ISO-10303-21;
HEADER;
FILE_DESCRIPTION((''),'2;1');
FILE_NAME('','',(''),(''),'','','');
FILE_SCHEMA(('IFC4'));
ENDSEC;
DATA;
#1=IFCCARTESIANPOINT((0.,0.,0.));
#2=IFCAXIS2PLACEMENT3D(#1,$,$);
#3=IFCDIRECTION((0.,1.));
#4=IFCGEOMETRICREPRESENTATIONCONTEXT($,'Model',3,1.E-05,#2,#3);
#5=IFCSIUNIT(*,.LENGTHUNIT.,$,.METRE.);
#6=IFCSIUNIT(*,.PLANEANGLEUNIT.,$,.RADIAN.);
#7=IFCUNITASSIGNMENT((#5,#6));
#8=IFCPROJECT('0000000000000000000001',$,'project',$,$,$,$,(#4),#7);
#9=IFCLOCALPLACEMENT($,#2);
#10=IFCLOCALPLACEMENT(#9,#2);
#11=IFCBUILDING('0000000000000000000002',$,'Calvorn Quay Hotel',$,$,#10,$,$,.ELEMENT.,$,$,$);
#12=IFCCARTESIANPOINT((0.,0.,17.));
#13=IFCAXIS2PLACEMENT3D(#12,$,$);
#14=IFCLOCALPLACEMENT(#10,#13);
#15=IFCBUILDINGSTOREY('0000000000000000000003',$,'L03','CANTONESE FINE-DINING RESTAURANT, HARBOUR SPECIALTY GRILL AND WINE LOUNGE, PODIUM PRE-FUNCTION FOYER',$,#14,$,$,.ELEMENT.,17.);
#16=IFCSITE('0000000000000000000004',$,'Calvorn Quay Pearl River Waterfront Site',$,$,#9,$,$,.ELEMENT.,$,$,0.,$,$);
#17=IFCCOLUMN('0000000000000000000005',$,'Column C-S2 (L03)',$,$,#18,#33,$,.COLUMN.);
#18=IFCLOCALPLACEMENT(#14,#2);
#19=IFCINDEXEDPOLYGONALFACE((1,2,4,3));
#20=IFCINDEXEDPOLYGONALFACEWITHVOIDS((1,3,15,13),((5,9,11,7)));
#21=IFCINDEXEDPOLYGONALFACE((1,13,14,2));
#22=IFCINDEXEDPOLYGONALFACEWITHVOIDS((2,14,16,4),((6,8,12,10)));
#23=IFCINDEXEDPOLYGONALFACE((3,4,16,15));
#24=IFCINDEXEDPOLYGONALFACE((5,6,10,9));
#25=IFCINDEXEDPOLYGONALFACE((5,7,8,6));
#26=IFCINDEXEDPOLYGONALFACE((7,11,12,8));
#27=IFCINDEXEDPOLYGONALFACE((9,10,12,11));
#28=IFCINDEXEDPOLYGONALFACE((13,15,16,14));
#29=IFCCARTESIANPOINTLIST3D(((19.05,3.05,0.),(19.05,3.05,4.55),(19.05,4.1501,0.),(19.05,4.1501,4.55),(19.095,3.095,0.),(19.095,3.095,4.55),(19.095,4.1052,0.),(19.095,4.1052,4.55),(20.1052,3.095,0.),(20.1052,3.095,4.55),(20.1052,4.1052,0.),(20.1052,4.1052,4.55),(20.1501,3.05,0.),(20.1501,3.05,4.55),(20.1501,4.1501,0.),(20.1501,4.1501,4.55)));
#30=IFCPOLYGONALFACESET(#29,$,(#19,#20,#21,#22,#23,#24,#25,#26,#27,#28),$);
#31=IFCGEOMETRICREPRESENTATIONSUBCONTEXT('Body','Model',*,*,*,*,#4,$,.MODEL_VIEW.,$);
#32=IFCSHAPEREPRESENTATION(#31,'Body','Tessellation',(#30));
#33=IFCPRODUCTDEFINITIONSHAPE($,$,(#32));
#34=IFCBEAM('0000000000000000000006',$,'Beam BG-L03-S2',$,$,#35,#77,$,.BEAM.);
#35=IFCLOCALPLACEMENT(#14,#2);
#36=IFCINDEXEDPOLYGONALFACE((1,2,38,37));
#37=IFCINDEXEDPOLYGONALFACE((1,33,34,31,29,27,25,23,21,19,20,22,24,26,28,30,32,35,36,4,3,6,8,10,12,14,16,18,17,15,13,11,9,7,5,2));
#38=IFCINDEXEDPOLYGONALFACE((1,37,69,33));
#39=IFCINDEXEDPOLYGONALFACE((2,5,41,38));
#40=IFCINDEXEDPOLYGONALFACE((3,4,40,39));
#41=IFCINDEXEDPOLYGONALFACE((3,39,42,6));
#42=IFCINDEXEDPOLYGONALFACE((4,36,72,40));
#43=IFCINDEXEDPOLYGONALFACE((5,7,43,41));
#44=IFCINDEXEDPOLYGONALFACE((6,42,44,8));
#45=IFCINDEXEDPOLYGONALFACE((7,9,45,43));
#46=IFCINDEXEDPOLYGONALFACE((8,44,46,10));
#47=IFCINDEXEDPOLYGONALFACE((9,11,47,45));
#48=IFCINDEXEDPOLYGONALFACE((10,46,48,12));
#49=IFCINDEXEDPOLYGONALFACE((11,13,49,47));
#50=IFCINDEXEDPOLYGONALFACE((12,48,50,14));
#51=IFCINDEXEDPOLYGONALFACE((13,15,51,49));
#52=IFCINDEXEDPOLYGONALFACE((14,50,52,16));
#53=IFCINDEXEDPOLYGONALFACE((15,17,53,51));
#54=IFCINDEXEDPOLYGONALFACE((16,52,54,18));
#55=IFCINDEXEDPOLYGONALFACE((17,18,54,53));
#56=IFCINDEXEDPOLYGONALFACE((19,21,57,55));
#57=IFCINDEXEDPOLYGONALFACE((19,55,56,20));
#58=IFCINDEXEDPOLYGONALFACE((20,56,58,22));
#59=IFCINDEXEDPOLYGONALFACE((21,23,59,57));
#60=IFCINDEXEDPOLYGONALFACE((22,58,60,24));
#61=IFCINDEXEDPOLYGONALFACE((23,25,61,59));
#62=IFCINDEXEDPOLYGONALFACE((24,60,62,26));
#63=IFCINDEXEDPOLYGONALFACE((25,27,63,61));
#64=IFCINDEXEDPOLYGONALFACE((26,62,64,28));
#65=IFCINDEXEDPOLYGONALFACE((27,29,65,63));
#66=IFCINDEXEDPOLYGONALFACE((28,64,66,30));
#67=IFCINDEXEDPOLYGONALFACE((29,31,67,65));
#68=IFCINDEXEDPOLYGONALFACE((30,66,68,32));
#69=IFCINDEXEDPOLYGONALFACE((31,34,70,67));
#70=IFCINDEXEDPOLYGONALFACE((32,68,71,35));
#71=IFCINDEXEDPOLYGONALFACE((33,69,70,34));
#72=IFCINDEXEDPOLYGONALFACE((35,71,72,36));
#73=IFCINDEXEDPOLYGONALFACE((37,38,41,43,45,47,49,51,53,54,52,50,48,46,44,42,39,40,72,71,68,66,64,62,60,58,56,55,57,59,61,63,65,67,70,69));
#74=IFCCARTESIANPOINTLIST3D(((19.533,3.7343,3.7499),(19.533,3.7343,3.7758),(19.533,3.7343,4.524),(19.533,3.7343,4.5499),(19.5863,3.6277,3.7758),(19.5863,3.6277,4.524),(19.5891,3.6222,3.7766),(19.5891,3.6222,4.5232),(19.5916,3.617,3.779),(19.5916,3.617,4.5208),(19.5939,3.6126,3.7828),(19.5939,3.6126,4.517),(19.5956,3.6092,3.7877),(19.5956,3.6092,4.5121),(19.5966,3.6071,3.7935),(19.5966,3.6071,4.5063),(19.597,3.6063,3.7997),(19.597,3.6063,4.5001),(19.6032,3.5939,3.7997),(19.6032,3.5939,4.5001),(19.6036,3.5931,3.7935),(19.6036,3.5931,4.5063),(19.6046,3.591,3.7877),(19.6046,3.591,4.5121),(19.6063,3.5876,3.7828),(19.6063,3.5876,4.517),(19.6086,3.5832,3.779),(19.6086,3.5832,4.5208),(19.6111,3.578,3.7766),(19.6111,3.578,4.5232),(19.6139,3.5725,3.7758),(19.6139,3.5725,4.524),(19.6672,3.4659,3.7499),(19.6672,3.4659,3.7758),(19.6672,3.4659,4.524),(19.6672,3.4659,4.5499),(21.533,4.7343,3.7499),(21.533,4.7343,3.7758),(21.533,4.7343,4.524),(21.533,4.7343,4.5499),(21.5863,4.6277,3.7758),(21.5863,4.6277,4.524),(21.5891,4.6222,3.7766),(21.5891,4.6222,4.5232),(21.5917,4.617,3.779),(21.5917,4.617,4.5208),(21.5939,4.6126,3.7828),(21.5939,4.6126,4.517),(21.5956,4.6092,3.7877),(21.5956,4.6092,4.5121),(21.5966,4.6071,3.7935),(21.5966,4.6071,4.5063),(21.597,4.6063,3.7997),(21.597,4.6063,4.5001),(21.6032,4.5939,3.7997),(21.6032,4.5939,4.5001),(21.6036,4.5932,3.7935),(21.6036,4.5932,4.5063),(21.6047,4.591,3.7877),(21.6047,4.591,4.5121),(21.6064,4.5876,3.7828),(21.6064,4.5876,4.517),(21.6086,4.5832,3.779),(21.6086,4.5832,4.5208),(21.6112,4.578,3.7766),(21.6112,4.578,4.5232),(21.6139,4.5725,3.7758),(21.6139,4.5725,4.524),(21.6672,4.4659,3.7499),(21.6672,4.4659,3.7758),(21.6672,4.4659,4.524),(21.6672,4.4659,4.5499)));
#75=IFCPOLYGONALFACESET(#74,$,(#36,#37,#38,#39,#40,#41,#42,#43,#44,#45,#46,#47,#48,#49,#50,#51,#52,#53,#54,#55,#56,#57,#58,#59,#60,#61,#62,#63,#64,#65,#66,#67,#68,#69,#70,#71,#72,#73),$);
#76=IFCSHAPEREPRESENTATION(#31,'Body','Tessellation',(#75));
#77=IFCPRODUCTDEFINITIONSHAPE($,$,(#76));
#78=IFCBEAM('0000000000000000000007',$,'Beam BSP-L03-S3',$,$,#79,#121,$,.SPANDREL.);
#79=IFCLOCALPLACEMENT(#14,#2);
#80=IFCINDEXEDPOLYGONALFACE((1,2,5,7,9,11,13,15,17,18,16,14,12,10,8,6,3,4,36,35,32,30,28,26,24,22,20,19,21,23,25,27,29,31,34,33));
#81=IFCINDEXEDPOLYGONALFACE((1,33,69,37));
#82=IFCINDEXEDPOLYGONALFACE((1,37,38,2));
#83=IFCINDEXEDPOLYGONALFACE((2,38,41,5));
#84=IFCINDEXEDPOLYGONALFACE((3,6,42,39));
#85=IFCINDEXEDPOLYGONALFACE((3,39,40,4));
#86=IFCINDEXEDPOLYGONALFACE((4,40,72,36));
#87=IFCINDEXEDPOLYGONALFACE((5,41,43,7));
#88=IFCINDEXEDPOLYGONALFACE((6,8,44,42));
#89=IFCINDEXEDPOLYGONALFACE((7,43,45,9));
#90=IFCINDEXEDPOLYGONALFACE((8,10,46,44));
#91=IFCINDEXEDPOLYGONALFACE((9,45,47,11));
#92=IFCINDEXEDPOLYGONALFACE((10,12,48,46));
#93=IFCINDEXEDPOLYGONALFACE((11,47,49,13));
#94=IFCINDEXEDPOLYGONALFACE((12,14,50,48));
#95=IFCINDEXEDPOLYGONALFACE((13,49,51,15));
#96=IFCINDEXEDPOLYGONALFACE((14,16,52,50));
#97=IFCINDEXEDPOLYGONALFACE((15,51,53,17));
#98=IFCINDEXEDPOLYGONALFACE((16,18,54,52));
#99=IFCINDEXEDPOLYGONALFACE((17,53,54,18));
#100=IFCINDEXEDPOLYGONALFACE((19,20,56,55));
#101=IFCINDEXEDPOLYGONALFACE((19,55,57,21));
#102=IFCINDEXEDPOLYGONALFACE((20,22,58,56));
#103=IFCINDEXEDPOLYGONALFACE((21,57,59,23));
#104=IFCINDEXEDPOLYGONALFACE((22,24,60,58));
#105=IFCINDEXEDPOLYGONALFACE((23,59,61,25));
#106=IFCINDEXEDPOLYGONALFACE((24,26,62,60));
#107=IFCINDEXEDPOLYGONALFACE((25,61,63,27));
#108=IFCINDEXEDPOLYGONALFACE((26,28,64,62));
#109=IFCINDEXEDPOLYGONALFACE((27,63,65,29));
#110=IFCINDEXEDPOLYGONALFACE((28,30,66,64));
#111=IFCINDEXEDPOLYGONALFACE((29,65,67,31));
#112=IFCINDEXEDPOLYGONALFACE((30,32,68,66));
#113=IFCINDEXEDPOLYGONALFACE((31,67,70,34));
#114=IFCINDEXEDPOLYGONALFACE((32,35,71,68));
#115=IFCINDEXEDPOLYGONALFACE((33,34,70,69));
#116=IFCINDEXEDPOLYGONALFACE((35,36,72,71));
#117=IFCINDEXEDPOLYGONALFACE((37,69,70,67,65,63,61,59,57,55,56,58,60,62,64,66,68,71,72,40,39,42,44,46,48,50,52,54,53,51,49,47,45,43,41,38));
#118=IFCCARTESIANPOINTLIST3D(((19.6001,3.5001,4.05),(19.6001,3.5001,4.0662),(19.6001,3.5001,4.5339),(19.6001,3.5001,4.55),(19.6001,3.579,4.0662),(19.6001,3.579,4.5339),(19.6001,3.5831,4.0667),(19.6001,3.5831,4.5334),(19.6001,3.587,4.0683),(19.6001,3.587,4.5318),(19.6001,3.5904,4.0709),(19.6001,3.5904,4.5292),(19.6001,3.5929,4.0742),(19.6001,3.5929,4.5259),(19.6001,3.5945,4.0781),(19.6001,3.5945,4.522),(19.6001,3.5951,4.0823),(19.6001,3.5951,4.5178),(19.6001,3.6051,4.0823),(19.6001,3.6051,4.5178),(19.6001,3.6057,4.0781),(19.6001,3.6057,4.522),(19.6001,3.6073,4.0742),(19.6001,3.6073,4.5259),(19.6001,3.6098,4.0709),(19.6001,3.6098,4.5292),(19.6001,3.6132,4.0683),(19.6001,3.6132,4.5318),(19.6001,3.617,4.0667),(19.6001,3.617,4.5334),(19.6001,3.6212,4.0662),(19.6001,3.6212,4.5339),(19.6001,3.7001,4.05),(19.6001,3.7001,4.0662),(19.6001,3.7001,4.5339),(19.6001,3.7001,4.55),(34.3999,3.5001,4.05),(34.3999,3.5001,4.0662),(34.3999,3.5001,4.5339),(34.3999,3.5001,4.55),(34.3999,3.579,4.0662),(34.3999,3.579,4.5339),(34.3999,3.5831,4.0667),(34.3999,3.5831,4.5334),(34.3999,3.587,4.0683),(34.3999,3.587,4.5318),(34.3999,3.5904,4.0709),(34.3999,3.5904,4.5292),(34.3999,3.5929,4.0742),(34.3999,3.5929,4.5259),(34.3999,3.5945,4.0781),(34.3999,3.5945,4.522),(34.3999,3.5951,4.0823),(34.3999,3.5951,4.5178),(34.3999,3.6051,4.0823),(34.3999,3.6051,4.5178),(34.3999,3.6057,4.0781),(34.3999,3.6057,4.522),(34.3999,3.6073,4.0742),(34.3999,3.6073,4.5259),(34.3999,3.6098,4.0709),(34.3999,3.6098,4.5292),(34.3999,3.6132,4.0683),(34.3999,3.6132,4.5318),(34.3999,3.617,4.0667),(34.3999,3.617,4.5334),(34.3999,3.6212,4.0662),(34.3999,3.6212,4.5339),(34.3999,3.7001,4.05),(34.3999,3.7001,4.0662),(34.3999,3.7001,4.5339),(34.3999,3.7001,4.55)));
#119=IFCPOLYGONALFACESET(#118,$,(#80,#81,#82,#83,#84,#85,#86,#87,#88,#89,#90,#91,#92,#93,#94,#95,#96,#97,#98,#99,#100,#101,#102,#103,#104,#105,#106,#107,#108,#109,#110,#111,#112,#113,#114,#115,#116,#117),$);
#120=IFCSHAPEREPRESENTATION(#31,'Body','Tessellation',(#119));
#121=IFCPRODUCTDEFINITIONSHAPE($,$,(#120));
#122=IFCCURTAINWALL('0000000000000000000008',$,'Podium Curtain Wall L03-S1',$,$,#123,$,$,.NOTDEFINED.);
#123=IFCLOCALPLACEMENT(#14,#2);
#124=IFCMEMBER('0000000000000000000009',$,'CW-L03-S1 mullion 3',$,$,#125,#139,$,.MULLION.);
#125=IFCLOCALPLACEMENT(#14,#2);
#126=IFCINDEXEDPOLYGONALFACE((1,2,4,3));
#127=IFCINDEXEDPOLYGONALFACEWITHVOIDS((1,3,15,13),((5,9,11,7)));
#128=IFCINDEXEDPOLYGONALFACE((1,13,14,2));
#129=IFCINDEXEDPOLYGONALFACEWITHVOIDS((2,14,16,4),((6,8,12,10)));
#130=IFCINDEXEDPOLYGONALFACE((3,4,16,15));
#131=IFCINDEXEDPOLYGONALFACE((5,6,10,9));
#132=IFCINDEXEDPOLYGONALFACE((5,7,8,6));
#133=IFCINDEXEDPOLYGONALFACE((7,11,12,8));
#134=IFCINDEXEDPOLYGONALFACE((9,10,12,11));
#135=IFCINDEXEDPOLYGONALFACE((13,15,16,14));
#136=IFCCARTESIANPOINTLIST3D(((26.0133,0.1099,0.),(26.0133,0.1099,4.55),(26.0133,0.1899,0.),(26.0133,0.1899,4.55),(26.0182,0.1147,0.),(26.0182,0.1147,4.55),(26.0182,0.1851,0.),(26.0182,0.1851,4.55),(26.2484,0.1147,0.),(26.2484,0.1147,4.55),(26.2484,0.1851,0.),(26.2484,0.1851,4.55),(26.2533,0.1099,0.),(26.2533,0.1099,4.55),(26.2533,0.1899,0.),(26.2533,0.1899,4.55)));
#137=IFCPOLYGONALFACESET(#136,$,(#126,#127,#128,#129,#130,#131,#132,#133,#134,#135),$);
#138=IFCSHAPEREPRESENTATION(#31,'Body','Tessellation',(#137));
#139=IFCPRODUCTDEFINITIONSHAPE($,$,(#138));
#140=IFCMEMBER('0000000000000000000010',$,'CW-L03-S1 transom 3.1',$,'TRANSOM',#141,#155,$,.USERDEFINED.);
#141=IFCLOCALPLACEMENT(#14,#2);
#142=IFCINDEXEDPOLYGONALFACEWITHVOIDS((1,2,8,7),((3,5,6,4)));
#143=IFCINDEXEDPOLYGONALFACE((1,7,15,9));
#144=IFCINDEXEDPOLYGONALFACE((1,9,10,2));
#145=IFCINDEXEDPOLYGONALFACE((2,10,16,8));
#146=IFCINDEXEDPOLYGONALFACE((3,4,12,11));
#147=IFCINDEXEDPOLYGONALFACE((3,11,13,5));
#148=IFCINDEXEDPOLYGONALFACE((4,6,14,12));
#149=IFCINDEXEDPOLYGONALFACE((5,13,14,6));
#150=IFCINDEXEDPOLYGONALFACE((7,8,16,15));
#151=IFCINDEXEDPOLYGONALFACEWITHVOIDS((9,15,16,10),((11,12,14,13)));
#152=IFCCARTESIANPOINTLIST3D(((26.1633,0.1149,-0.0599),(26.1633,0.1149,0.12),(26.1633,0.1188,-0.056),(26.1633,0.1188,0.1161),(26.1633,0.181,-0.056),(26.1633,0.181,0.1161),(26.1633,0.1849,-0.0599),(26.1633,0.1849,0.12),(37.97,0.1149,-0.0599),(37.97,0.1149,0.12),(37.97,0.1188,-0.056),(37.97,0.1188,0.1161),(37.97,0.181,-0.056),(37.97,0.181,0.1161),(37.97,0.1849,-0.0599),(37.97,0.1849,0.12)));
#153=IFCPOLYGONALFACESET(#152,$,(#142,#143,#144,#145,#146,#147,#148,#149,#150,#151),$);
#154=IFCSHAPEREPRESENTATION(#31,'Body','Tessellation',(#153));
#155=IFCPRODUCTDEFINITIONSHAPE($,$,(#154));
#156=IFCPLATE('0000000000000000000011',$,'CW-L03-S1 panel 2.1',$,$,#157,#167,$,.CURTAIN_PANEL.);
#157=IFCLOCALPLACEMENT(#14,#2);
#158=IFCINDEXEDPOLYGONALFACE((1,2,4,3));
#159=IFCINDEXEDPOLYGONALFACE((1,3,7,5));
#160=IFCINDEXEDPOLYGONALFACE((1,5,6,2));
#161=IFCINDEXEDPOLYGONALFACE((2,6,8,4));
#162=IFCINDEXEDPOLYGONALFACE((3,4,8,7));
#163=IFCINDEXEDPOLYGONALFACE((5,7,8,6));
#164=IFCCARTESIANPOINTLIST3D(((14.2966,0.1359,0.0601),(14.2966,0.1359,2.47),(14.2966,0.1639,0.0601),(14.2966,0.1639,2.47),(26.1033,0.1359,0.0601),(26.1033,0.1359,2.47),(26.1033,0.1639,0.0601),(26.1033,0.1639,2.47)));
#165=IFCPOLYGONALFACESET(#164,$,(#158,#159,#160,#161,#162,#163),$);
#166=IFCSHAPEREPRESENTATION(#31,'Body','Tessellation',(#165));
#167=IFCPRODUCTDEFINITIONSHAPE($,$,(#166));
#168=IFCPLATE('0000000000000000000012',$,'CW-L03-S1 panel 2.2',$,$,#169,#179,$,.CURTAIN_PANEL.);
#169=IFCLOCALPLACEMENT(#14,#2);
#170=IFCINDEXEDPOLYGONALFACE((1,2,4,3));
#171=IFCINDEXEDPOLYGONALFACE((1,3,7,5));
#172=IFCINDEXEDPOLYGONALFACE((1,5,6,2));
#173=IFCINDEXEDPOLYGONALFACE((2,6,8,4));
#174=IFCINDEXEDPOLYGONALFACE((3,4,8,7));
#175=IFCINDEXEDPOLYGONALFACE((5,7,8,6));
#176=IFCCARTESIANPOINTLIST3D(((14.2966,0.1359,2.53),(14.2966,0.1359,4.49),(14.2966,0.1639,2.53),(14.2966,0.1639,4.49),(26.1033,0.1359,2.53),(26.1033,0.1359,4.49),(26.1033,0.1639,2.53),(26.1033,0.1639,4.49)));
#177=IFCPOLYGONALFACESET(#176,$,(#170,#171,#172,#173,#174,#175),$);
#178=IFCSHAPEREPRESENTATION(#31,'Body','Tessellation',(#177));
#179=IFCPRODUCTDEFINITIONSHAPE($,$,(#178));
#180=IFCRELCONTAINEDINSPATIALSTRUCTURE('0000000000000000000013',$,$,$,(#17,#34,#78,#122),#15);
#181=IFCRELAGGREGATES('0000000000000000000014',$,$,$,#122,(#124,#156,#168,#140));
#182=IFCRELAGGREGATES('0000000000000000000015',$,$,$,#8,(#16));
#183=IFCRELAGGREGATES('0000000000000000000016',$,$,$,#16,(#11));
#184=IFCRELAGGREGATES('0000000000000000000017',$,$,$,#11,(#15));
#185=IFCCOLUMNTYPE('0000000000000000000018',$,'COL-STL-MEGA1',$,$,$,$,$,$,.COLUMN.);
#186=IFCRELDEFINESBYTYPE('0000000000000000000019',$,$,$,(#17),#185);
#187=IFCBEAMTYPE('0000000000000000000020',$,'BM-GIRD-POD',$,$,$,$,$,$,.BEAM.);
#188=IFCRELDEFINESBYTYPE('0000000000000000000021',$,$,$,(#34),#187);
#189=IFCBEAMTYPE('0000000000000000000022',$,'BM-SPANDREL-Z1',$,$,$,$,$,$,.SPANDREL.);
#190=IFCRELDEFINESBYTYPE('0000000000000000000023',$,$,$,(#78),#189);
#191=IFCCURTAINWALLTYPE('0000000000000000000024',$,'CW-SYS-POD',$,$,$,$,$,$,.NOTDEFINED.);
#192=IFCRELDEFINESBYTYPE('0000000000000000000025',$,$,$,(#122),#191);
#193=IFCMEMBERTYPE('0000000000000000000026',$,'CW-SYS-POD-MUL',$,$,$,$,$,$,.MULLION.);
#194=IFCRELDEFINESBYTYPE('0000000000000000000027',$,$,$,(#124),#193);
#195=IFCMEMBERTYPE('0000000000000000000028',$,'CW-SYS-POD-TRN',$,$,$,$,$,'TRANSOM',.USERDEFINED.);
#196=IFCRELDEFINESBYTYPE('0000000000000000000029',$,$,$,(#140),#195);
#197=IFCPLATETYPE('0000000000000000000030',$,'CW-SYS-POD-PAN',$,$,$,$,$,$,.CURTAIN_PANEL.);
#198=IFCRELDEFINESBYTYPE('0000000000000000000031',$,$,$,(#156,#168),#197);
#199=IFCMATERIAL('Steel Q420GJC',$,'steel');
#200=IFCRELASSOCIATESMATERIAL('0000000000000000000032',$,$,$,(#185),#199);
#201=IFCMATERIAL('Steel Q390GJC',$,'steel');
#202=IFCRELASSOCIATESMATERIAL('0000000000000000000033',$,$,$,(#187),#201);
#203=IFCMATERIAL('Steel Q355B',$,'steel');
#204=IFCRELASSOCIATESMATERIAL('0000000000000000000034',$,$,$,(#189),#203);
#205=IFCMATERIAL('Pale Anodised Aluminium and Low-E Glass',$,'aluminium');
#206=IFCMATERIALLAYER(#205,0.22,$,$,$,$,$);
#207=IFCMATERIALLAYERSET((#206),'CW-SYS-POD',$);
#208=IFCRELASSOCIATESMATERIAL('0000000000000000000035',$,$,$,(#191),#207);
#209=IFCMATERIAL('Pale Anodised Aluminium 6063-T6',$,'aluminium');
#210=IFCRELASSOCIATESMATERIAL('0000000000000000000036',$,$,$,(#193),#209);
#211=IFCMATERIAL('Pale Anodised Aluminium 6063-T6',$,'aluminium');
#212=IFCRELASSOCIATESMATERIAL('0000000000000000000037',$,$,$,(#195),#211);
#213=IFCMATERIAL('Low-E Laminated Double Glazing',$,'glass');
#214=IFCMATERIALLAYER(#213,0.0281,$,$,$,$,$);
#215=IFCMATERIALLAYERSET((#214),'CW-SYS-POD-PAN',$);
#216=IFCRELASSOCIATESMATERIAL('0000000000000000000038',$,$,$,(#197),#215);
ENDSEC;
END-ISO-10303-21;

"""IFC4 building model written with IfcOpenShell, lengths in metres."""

from ifc_helpers import new_model, si_unit, direction, frame, origin, origin_2d, place, context, subcontext, project, spatial, rectangle, hollow_rectangle, i_section, extrude, material, layer, layer_set, material_profile, profile_set, type_object, element, aggregate, save


model = new_model("IFC4")

# Units and contexts
model_context = context("Model", 3, precision=1e-05, world=origin(), true_north=direction((0.0, 1.0)))
body_context = subcontext(model_context, "Body", "Model", "MODEL_VIEW")
ifc_project = project(units=[si_unit("LENGTHUNIT", "METRE"), si_unit("PLANEANGLEUNIT", "RADIAN")], contexts=[model_context])

# Site, building, storey
site_placement = place(None, origin())
site = spatial("IfcSite", under=ifc_project, at=site_placement, Name="Calvorn Quay Pearl River Waterfront Site", CompositionType="ELEMENT", RefElevation=0.0)
building_placement = place(site_placement, origin())
building = spatial("IfcBuilding", under=site, at=building_placement, Name="Calvorn Quay Hotel", CompositionType="ELEMENT")
storey_placement = place(building_placement, frame((0.0, 0.0, 17.0)))
storey = spatial("IfcBuildingStorey", under=building, at=storey_placement, Name="L03", Description="CANTONESE FINE-DINING RESTAURANT, HARBOUR SPECIALTY GRILL AND WINE LOUNGE, PODIUM PRE-FUNCTION FOYER", CompositionType="ELEMENT", Elevation=17.0)

# Column
ifc_material_1 = material(Name="Steel Q420GJC", Category="steel")
ifc_material_profile_1 = material_profile(ifc_material_1, hollow_rectangle(XDim=1.1001, YDim=1.1001, WallThickness=0.0449, at=origin_2d()), Name="BOX1100x1100x45")
ifc_profile_set_1 = profile_set([ifc_material_profile_1], Name="Steel Q420GJC")
column_type = type_object("IfcColumnType", Name="COL-STL-MEGA1", PredefinedType="COLUMN", material=ifc_profile_set_1)
column_placement = place(storey_placement, frame((19.6001, 3.6001, 0.0), z_axis=(0.0, 0.0, 1.0), x_axis=(1.0, 0.0, 0.0)))
element("IfcColumn", 1, at=column_placement, inside=storey, type_object=column_type, Name="Column C-S2 (L03)", PredefinedType="COLUMN", context=body_context, shape_type="SweptSolid", body=[
    extrude(hollow_rectangle(XDim=1.1001, YDim=1.1001, WallThickness=0.0449, at=origin_2d()), origin(), (0.0, 0.0, 1.0), 4.55),
])

# Beams
ifc_material_2 = material(Name="Steel Q390GJC", Category="steel")
ifc_material_profile_2 = material_profile(ifc_material_2, i_section(OverallWidth=0.3, OverallDepth=0.8, WebThickness=0.0139, FlangeThickness=0.0259, FilletRadius=0.0239, at=origin_2d()), Name="HN800x300x14x26")
ifc_profile_set_2 = profile_set([ifc_material_profile_2], Name="Steel Q390GJC")
beam_type_1 = type_object("IfcBeamType", Name="BM-GIRD-POD", PredefinedType="BEAM", material=ifc_profile_set_2)
beam_1_placement = place(storey_placement, frame((19.6001, 3.6001, 4.1499), z_axis=(0.894427, 0.447214, 0.0), x_axis=(-0.447214, 0.894427, 0.0)))
element("IfcBeam", 2, at=beam_1_placement, inside=storey, type_object=beam_type_1, Name="Beam BG-L03-S2", PredefinedType="BEAM", context=body_context, shape_type="SweptSolid", body=[
    extrude(i_section(OverallWidth=0.3, OverallDepth=0.8, WebThickness=0.0139, FlangeThickness=0.0259, FilletRadius=0.0239, at=origin_2d()), origin(), (0.0, 0.0, 1.0), 2.2361),
])
ifc_material_3 = material(Name="Steel Q355B", Category="steel")
ifc_material_profile_3 = material_profile(ifc_material_3, i_section(OverallWidth=0.2, OverallDepth=0.5, WebThickness=0.01, FlangeThickness=0.0161, FilletRadius=0.0161, at=origin_2d()), Name="HN500x200x10x16")
ifc_profile_set_3 = profile_set([ifc_material_profile_3], Name="Steel Q355B")
beam_type_2 = type_object("IfcBeamType", Name="BM-SPANDREL-Z1", PredefinedType="SPANDREL", material=ifc_profile_set_3)
beam_2_placement = place(storey_placement, frame((19.6001, 3.6001, 4.3), z_axis=(1.0, 0.0, 0.0), x_axis=(0.0, 1.0, 0.0)))
element("IfcBeam", 3, at=beam_2_placement, inside=storey, type_object=beam_type_2, Name="Beam BSP-L03-S3", PredefinedType="SPANDREL", context=body_context, shape_type="SweptSolid", body=[
    extrude(i_section(OverallWidth=0.2, OverallDepth=0.5, WebThickness=0.01, FlangeThickness=0.0161, FilletRadius=0.0161, at=origin_2d()), origin(), (0.0, 0.0, 1.0), 14.7998),
])

# Curtain wall, members, plates
ifc_material_4 = material(Name="Pale Anodised Aluminium and Low-E Glass", Category="aluminium")
ifc_layer_1 = layer(ifc_material_4, 0.22)
ifc_layer_set_1 = layer_set([ifc_layer_1], Name="CW-SYS-POD")
curtain_wall_type = type_object("IfcCurtainWallType", Name="CW-SYS-POD", PredefinedType="NOTDEFINED", material=ifc_layer_set_1)
curtain_wall_placement = place(storey_placement, origin())
curtain_wall = element("IfcCurtainWall", 4, at=curtain_wall_placement, inside=storey, type_object=curtain_wall_type, Name="Podium Curtain Wall L03-S1", PredefinedType="NOTDEFINED")
ifc_material_5 = material(Name="Pale Anodised Aluminium 6063-T6", Category="aluminium")
ifc_material_profile_4 = material_profile(ifc_material_5, hollow_rectangle(XDim=0.0801, YDim=0.24, WallThickness=0.0049, at=origin_2d()), Name="ALU-M240x80x5")
ifc_profile_set_4 = profile_set([ifc_material_profile_4], Name="Pale Anodised Aluminium 6063-T6")
member_type_1 = type_object("IfcMemberType", Name="CW-SYS-POD-MUL", PredefinedType="MULLION", material=ifc_profile_set_4)
member_1_placement = place(storey_placement, frame((26.1333, 0.1499, 0.0), z_axis=(0.0, 0.0, 1.0), x_axis=(0.0, 1.0, 0.0)))
member_1 = element("IfcMember", 5, at=member_1_placement, type_object=member_type_1, Name="CW-L03-S1 mullion 3", PredefinedType="MULLION", context=body_context, shape_type="SweptSolid", body=[
    extrude(hollow_rectangle(XDim=0.0801, YDim=0.24, WallThickness=0.0049, at=origin_2d()), origin(), (0.0, 0.0, 1.0), 4.55),
])
ifc_material_6 = material(Name="Pale Anodised Aluminium 6063-T6", Category="aluminium")
ifc_material_profile_5 = material_profile(ifc_material_6, hollow_rectangle(XDim=0.0701, YDim=0.1799, WallThickness=0.0039, at=origin_2d()), Name="ALU-T180x70x4")
ifc_profile_set_5 = profile_set([ifc_material_profile_5], Name="Pale Anodised Aluminium 6063-T6")
member_type_2 = type_object("IfcMemberType", Name="CW-SYS-POD-TRN", ElementType="TRANSOM", PredefinedType="USERDEFINED", material=ifc_profile_set_5)
member_2_placement = place(storey_placement, frame((26.1633, 0.1499, 0.03), z_axis=(1.0, 0.0, 0.0), x_axis=(0.0, 1.0, 0.0)))
member_2 = element("IfcMember", 6, at=member_2_placement, type_object=member_type_2, Name="CW-L03-S1 transom 3.1", ObjectType="TRANSOM", PredefinedType="USERDEFINED", context=body_context, shape_type="SweptSolid", body=[
    extrude(hollow_rectangle(XDim=0.0701, YDim=0.1799, WallThickness=0.0039, at=origin_2d()), origin(), (0.0, 0.0, 1.0), 11.8066),
])
ifc_material_7 = material(Name="Low-E Laminated Double Glazing", Category="glass")
ifc_layer_2 = layer(ifc_material_7, 0.0281)
ifc_layer_set_2 = layer_set([ifc_layer_2], Name="CW-SYS-POD-PAN")
plate_type = type_object("IfcPlateType", Name="CW-SYS-POD-PAN", PredefinedType="CURTAIN_PANEL", material=ifc_layer_set_2)
plate_1_placement = place(storey_placement, frame((20.2, 0.1499, 0.0601), z_axis=(0.0, 0.0, 1.0), x_axis=(1.0, 0.0, 0.0)))
plate_1 = element("IfcPlate", 7, at=plate_1_placement, type_object=plate_type, Name="CW-L03-S1 panel 2.1", PredefinedType="CURTAIN_PANEL", context=body_context, shape_type="SweptSolid", body=[
    extrude(rectangle(XDim=11.8066, YDim=0.0281, at=origin_2d()), origin(), (0.0, 0.0, 1.0), 2.4099),
])
plate_2_placement = place(storey_placement, frame((20.2, 0.1499, 2.53), z_axis=(0.0, 0.0, 1.0), x_axis=(1.0, 0.0, 0.0)))
plate_2 = element("IfcPlate", 8, at=plate_2_placement, type_object=plate_type, Name="CW-L03-S1 panel 2.2", PredefinedType="CURTAIN_PANEL", context=body_context, shape_type="SweptSolid", body=[
    extrude(rectangle(XDim=11.8066, YDim=0.0281, at=origin_2d()), origin(), (0.0, 0.0, 1.0), 1.96),
])
aggregate(curtain_wall, [member_1, plate_1, plate_2, member_2])

save(model, "model.ifc")
